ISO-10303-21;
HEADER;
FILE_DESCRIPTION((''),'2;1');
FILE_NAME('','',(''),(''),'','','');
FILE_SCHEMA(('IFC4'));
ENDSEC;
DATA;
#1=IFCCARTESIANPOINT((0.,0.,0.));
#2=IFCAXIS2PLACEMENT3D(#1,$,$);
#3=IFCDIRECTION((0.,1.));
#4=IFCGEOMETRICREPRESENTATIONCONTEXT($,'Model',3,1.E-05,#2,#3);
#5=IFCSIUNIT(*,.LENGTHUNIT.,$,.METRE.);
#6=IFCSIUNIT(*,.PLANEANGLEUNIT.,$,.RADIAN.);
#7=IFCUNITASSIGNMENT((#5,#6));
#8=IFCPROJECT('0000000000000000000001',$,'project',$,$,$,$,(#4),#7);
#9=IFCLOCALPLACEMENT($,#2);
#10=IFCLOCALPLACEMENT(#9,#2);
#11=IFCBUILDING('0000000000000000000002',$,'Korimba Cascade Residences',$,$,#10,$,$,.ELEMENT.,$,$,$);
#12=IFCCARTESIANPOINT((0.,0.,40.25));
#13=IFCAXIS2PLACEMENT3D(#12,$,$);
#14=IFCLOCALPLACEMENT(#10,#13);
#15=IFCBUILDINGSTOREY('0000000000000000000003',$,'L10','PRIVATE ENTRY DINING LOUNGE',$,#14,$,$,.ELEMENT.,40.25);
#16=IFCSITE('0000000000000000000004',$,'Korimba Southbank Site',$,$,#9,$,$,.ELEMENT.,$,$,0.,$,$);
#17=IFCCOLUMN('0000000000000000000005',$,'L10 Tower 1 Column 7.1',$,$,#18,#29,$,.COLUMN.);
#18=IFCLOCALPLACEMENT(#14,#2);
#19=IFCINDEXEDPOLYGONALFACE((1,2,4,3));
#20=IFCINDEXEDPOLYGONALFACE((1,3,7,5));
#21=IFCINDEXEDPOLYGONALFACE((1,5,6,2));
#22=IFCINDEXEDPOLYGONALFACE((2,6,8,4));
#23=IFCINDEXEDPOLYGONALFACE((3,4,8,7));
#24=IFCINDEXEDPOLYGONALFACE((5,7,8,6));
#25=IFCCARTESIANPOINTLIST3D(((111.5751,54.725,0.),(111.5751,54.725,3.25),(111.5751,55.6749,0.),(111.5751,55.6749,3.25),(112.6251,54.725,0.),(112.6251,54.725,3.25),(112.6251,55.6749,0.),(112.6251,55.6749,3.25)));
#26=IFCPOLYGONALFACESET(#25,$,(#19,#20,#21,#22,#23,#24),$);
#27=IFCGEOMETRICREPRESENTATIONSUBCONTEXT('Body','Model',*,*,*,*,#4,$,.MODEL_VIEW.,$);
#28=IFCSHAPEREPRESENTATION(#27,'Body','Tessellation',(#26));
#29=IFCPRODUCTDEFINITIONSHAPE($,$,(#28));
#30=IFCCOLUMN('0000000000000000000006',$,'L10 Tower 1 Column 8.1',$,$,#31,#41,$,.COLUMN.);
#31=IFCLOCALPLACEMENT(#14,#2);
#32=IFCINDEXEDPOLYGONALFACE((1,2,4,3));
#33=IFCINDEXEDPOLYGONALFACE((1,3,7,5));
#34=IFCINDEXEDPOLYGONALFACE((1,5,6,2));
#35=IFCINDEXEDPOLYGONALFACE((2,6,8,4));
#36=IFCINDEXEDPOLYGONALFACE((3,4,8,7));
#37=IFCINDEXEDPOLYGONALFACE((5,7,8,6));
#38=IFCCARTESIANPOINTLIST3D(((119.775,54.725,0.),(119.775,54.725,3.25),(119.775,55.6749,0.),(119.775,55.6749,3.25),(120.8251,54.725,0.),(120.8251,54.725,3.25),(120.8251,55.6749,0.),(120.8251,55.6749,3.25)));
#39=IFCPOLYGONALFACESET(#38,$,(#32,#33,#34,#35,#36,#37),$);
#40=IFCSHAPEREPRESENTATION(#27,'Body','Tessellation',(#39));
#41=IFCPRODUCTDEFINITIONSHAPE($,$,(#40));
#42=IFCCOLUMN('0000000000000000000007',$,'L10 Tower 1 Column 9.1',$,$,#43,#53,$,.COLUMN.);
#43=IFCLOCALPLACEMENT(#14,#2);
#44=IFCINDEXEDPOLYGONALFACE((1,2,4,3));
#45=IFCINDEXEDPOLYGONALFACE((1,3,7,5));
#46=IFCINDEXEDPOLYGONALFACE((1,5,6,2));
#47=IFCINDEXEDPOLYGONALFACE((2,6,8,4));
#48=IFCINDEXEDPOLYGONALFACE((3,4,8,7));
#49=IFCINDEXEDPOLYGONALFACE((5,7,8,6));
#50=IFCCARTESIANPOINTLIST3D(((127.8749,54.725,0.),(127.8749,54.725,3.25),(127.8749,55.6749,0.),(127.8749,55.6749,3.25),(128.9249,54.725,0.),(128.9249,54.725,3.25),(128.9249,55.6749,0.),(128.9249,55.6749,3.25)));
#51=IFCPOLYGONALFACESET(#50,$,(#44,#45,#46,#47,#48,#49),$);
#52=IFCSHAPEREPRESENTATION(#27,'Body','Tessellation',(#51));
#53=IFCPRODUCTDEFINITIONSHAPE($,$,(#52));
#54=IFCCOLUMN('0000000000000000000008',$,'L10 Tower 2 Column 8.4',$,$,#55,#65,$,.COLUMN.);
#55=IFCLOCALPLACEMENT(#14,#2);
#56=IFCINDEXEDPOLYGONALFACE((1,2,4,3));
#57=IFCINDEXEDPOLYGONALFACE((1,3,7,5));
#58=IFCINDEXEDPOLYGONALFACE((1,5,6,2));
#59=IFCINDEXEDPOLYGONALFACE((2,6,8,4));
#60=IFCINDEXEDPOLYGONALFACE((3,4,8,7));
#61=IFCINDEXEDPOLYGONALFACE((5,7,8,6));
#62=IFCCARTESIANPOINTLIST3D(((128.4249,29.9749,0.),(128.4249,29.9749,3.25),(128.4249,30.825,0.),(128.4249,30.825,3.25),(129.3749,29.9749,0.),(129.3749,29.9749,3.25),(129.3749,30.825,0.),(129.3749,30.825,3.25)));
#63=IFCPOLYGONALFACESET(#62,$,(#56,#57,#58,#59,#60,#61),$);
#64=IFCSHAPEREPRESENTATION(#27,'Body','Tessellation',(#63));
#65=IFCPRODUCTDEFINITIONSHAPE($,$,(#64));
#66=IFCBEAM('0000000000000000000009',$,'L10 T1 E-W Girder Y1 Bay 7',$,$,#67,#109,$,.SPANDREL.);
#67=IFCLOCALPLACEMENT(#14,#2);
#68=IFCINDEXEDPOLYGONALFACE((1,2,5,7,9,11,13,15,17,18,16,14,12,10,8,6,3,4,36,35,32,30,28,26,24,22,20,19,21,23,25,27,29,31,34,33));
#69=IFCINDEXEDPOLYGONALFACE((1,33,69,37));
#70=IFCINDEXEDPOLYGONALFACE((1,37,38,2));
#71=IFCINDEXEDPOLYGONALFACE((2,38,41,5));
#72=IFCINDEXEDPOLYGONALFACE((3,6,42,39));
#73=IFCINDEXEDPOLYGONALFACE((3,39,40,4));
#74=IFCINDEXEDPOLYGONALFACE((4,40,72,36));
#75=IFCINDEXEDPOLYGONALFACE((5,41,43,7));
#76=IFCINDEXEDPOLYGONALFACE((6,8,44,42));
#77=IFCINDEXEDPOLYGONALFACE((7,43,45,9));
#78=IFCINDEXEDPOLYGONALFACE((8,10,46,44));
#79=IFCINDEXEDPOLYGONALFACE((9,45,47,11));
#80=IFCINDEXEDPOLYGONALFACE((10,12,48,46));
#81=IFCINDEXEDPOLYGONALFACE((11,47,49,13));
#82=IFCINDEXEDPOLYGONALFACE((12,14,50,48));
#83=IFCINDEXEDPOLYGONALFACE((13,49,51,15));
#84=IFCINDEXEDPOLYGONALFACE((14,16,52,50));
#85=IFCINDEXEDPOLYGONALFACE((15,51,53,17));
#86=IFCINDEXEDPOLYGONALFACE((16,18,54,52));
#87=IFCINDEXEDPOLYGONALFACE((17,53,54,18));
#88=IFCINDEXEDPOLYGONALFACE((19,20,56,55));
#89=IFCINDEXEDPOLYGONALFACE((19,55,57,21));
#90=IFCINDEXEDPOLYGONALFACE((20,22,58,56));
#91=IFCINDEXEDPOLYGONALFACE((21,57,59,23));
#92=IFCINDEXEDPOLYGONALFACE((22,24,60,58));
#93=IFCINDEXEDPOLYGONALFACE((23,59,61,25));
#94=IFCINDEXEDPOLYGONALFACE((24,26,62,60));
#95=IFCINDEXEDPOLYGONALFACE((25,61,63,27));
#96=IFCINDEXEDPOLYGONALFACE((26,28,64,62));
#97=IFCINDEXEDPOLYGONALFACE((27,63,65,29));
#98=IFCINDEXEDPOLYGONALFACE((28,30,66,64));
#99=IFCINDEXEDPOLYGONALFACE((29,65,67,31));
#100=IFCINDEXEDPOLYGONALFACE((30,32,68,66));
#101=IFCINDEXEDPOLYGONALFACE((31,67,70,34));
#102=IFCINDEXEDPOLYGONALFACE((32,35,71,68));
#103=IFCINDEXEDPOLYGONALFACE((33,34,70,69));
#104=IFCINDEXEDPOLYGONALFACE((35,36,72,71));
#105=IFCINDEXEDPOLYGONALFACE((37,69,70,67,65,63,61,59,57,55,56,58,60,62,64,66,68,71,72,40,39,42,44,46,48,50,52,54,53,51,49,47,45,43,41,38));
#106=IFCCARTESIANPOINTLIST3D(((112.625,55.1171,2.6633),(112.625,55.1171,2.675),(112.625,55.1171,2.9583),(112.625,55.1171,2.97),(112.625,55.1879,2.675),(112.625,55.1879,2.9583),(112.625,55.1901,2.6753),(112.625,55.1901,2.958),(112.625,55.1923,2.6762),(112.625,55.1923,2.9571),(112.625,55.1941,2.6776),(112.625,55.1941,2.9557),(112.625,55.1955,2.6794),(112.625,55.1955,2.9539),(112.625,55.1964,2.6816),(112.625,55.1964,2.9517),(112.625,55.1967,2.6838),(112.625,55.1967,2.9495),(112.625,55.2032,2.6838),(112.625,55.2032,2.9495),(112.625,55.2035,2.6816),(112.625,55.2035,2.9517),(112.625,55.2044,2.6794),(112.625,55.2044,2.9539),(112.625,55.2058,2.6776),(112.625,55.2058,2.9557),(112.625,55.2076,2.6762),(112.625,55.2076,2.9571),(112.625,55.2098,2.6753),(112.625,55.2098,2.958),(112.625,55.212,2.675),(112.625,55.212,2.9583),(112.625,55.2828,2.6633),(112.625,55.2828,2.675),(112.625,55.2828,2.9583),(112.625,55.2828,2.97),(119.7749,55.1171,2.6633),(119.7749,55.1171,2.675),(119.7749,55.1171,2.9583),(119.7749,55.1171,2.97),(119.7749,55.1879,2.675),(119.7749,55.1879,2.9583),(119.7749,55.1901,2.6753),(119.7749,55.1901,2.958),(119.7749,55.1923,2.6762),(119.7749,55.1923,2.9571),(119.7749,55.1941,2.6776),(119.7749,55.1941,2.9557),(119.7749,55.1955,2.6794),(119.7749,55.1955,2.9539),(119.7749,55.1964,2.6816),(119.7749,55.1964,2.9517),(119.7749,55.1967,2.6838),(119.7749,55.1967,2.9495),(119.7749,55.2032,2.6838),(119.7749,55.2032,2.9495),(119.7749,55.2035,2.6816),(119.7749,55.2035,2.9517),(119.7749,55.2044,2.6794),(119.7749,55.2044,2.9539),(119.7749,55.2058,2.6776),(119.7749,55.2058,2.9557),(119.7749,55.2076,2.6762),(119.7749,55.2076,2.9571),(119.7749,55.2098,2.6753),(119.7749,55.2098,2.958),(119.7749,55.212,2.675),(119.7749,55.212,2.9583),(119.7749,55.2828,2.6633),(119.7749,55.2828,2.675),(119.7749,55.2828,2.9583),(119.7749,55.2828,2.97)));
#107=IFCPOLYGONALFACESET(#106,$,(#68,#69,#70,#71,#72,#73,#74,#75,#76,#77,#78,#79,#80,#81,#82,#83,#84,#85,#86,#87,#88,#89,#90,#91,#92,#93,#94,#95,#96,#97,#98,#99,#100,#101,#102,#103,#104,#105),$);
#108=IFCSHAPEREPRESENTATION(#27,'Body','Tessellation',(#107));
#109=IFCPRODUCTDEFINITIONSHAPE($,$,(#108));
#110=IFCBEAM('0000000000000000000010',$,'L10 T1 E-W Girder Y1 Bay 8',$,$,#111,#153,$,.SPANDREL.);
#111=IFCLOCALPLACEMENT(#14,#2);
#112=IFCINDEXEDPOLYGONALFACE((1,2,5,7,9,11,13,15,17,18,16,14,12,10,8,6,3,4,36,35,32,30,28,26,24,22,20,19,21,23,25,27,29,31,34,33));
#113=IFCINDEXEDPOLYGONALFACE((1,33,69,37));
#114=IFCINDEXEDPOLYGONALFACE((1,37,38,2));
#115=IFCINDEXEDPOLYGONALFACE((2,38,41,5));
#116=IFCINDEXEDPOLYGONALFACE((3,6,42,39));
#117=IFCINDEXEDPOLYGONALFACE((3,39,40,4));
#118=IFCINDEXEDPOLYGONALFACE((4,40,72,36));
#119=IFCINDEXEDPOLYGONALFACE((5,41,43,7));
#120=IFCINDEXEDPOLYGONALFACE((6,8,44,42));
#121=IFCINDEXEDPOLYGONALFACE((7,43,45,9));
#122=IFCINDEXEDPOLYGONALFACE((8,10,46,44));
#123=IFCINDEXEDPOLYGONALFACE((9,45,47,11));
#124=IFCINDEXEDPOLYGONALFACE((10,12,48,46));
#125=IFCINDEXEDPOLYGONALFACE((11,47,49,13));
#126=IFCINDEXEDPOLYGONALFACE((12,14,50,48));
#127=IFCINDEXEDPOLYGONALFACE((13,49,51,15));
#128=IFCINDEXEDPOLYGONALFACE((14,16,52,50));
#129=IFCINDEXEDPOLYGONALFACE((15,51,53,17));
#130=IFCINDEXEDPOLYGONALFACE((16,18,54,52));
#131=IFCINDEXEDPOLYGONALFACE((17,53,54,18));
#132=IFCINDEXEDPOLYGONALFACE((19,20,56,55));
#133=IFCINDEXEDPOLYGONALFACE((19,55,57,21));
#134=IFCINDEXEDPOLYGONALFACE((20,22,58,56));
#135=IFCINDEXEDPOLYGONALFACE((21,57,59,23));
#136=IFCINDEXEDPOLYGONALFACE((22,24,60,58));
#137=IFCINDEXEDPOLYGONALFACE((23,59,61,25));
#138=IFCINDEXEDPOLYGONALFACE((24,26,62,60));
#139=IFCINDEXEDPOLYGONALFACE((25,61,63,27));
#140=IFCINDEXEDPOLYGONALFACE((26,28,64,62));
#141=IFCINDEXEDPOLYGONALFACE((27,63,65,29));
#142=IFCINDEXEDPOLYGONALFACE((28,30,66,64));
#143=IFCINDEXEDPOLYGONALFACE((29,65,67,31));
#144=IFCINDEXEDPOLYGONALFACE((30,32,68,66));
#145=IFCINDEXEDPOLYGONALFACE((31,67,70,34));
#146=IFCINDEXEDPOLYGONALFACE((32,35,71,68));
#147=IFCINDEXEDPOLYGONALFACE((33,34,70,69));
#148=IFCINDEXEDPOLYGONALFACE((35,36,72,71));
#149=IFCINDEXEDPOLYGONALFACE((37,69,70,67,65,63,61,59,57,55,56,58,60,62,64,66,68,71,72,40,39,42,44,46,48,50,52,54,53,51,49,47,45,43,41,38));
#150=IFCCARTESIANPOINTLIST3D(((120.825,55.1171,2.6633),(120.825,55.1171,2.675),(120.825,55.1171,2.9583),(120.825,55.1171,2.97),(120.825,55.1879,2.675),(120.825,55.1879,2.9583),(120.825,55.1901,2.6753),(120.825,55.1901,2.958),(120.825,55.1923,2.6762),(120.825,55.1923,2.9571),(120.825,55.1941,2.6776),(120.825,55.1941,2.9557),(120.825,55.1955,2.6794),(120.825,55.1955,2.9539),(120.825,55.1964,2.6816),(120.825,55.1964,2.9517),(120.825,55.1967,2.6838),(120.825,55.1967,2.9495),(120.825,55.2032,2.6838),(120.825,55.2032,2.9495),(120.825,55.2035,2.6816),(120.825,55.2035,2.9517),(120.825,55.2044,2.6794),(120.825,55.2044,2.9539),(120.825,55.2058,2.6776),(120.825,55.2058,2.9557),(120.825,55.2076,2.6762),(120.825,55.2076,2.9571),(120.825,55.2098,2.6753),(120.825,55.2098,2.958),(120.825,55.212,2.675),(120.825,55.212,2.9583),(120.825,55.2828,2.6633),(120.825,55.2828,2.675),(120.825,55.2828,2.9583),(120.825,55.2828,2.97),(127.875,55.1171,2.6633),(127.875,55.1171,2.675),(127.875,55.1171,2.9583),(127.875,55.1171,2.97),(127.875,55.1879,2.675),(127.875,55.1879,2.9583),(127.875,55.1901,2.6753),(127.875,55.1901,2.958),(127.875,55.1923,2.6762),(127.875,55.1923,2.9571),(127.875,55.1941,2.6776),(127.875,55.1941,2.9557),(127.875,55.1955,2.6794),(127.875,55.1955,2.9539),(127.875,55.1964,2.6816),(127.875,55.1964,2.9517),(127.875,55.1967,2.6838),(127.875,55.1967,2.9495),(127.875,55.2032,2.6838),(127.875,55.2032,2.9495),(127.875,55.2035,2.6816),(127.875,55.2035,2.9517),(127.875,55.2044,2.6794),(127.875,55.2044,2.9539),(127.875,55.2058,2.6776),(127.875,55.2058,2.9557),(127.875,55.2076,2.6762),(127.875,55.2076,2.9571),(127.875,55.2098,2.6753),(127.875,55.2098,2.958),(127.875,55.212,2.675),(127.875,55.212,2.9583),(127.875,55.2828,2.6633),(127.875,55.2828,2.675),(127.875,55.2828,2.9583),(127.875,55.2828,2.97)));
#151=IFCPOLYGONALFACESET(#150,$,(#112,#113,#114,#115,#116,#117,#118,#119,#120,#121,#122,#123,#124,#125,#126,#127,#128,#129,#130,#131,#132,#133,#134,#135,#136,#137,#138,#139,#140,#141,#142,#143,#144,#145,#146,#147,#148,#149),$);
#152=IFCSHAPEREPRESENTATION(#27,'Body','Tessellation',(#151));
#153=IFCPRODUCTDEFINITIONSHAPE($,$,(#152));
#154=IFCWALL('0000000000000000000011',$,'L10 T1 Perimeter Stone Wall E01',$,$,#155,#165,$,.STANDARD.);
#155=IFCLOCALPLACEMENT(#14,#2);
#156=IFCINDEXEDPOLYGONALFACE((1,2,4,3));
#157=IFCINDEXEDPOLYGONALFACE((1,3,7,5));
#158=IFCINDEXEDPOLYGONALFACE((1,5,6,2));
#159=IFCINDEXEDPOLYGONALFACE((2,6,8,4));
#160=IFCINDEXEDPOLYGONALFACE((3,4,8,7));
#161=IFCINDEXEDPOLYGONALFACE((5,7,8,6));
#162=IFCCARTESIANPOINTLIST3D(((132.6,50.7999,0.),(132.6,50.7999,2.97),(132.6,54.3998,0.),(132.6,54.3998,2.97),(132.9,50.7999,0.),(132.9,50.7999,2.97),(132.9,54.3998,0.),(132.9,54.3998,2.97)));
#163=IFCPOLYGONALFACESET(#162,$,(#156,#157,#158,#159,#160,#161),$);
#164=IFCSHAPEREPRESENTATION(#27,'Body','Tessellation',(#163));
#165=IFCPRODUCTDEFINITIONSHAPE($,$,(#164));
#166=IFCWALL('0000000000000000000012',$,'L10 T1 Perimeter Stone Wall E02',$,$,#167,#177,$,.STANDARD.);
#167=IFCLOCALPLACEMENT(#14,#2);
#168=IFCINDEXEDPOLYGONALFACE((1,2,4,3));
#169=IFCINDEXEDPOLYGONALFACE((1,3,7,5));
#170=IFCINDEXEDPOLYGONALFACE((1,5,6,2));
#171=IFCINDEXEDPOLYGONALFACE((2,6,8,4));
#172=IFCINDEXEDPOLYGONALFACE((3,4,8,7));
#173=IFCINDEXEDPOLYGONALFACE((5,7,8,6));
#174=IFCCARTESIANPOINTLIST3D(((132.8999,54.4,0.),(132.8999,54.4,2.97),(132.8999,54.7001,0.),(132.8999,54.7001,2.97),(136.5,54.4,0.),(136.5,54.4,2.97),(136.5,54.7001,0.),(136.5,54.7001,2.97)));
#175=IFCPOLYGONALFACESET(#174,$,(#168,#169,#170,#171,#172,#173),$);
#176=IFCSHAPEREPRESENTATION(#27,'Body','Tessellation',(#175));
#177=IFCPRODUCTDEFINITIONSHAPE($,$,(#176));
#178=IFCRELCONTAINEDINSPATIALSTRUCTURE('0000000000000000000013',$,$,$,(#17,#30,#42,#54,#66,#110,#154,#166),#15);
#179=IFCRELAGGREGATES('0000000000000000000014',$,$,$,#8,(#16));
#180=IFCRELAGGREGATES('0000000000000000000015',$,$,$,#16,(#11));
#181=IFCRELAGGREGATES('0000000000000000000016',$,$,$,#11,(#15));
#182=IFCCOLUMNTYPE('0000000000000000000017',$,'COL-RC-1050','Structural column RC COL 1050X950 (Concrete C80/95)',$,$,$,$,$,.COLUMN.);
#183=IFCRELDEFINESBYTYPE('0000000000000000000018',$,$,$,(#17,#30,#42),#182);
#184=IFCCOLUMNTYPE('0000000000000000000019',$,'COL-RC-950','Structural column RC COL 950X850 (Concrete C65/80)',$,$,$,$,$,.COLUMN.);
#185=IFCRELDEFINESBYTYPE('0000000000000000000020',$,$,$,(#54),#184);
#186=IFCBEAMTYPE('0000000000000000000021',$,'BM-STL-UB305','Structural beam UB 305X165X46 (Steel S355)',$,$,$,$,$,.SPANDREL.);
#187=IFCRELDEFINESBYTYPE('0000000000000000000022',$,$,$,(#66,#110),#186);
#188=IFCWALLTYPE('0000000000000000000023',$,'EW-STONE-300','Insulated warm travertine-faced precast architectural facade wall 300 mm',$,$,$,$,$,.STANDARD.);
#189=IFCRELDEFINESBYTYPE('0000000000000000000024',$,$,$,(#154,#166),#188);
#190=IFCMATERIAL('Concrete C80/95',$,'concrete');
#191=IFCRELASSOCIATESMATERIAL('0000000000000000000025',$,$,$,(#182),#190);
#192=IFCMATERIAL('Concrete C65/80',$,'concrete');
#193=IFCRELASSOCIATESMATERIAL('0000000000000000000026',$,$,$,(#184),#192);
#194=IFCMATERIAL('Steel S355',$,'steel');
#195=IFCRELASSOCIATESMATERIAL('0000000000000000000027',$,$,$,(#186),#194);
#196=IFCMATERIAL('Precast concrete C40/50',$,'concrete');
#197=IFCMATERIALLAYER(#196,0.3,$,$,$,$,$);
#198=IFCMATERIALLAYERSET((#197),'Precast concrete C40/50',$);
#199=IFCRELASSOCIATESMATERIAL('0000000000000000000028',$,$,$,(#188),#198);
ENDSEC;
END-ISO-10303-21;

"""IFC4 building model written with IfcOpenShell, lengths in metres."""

from ifc_helpers import new_model, si_unit, direction, frame, frame_2d, origin, origin_2d, place, context, subcontext, project, spatial, rectangle, i_section, extrude, material, layer, layer_set, material_profile, profile_set, type_object, element, save


model = new_model("IFC4")

# Units and contexts
model_context = context("Model", 3, precision=1e-05, world=origin(), true_north=direction((0.0, 1.0)))
body_context = subcontext(model_context, "Body", "Model", "MODEL_VIEW")
ifc_project = project(units=[si_unit("LENGTHUNIT", "METRE"), si_unit("PLANEANGLEUNIT", "RADIAN")], contexts=[model_context])

# Site, building, storey
site_placement = place(None, origin())
site = spatial("IfcSite", under=ifc_project, at=site_placement, Name="Korimba Southbank Site", CompositionType="ELEMENT", RefElevation=0.0)
building_placement = place(site_placement, origin())
building = spatial("IfcBuilding", under=site, at=building_placement, Name="Korimba Cascade Residences", CompositionType="ELEMENT")
storey_placement = place(building_placement, frame((0.0, 0.0, 40.25)))
storey = spatial("IfcBuildingStorey", under=building, at=storey_placement, Name="L10", Description="PRIVATE ENTRY DINING LOUNGE", CompositionType="ELEMENT", Elevation=40.25)

# Columns
ifc_material_1 = material(Name="Concrete C80/95", Category="concrete")
ifc_material_profile_1 = material_profile(ifc_material_1, rectangle(XDim=1.05, YDim=0.95, at=origin_2d()), Name="Concrete C80/95")
ifc_profile_set_1 = profile_set([ifc_material_profile_1], Name="Concrete C80/95")
column_type_1 = type_object("IfcColumnType", Name="COL-RC-1050", Description="Structural column RC COL 1050X950 (Concrete C80/95)", PredefinedType="COLUMN", material=ifc_profile_set_1)
for number, where, z_axis, x_axis, name in (
    (1, (112.1001, 55.2, 0.0), (0.0, 0.0, 1.0), (1.0, 0.0, 0.0), "L10 Tower 1 Column 7.1"),
    (2, (120.3, 55.2, 0.0), (0.0, 0.0, 1.0), (1.0, 0.0, 0.0), "L10 Tower 1 Column 8.1"),
    (3, (128.3999, 55.2, 0.0), (0.0, 0.0, 1.0), (1.0, 0.0, 0.0), "L10 Tower 1 Column 9.1"),
):
    element("IfcColumn", number, at=place(storey_placement, frame(where, z_axis=z_axis, x_axis=x_axis)), inside=storey, type_object=column_type_1, Name=name, PredefinedType="COLUMN", context=body_context, shape_type="SweptSolid", body=[
        extrude(rectangle(XDim=1.05, YDim=0.95, at=origin_2d()), origin(), (0.0, 0.0, 1.0), 3.25),
    ])
ifc_material_2 = material(Name="Concrete C65/80", Category="concrete")
ifc_material_profile_2 = material_profile(ifc_material_2, rectangle(XDim=0.95, YDim=0.8501, at=origin_2d()), Name="Concrete C65/80")
ifc_profile_set_2 = profile_set([ifc_material_profile_2], Name="Concrete C65/80")
column_type_2 = type_object("IfcColumnType", Name="COL-RC-950", Description="Structural column RC COL 950X850 (Concrete C65/80)", PredefinedType="COLUMN", material=ifc_profile_set_2)
column_placement = place(storey_placement, frame((128.8999, 30.3999, 0.0), z_axis=(0.0, 0.0, 1.0), x_axis=(1.0, 0.0, 0.0)))
element("IfcColumn", 4, at=column_placement, inside=storey, type_object=column_type_2, Name="L10 Tower 2 Column 8.4", PredefinedType="COLUMN", context=body_context, shape_type="SweptSolid", body=[
    extrude(rectangle(XDim=0.95, YDim=0.8501, at=origin_2d()), origin(), (0.0, 0.0, 1.0), 3.25),
])

# Beams
ifc_material_3 = material(Name="Steel S355", Category="steel")
ifc_material_profile_3 = material_profile(ifc_material_3, i_section(OverallWidth=0.1658, OverallDepth=0.3066, WebThickness=0.0066, FlangeThickness=0.0117, FilletRadius=0.0088, at=origin_2d()), Name="Steel S355")
ifc_profile_set_3 = profile_set([ifc_material_profile_3], Name="Steel S355")
beam_type = type_object("IfcBeamType", Name="BM-STL-UB305", Description="Structural beam UB 305X165X46 (Steel S355)", PredefinedType="SPANDREL", material=ifc_profile_set_3)
beam_1_placement = place(storey_placement, frame((112.625, 55.2, 2.8167), z_axis=(1.0, 0.0, 0.0), x_axis=(0.0, 1.0, 0.0)))
element("IfcBeam", 5, at=beam_1_placement, inside=storey, type_object=beam_type, Name="L10 T1 E-W Girder Y1 Bay 7", PredefinedType="SPANDREL", context=body_context, shape_type="SweptSolid", body=[
    extrude(i_section(OverallWidth=0.1658, OverallDepth=0.3066, WebThickness=0.0066, FlangeThickness=0.0117, FilletRadius=0.0088, at=origin_2d()), origin(), (0.0, 0.0, 1.0), 7.1499),
])
beam_2_placement = place(storey_placement, frame((120.825, 55.2, 2.8167), z_axis=(1.0, 0.0, 0.0), x_axis=(0.0, 1.0, 0.0)))
element("IfcBeam", 6, at=beam_2_placement, inside=storey, type_object=beam_type, Name="L10 T1 E-W Girder Y1 Bay 8", PredefinedType="SPANDREL", context=body_context, shape_type="SweptSolid", body=[
    extrude(i_section(OverallWidth=0.1658, OverallDepth=0.3066, WebThickness=0.0066, FlangeThickness=0.0117, FilletRadius=0.0088, at=origin_2d()), origin(), (0.0, 0.0, 1.0), 7.05),
])

# Walls
ifc_material_4 = material(Name="Precast concrete C40/50", Category="concrete")
ifc_layer_1 = layer(ifc_material_4, 0.3)
ifc_layer_set_1 = layer_set([ifc_layer_1], Name="Precast concrete C40/50")
wall_type_1 = type_object("IfcWallType", Name="EW-STONE-300", Description="Insulated warm travertine-faced precast architectural facade wall 300 mm", PredefinedType="STANDARD", material=ifc_layer_set_1)
wall_1_placement = place(storey_placement, frame((132.75, 50.8, 0.0), z_axis=(0.0, 0.0, 1.0), x_axis=(0.0, 1.0, 0.0)))
element("IfcWall", 7, at=wall_1_placement, inside=storey, type_object=wall_type_1, Name="L10 T1 Perimeter Stone Wall E01", PredefinedType="STANDARD", context=body_context, shape_type="SweptSolid", body=[
    extrude(rectangle(XDim=3.5999, YDim=0.3, at=frame_2d((1.7998, 0.0))), origin(), (0.0, 0.0, 1.0), 2.97),
])
wall_2_placement = place(storey_placement, frame((132.8999, 54.55, 0.0), z_axis=(0.0, 0.0, 1.0), x_axis=(1.0, 0.0, 0.0)))
element("IfcWall", 8, at=wall_2_placement, inside=storey, type_object=wall_type_1, Name="L10 T1 Perimeter Stone Wall E02", PredefinedType="STANDARD", context=body_context, shape_type="SweptSolid", body=[
    extrude(rectangle(XDim=3.6001, YDim=0.3, at=frame_2d((1.8, 0.0))), origin(), (0.0, 0.0, 1.0), 2.97),
])

save(model, "model.ifc")
